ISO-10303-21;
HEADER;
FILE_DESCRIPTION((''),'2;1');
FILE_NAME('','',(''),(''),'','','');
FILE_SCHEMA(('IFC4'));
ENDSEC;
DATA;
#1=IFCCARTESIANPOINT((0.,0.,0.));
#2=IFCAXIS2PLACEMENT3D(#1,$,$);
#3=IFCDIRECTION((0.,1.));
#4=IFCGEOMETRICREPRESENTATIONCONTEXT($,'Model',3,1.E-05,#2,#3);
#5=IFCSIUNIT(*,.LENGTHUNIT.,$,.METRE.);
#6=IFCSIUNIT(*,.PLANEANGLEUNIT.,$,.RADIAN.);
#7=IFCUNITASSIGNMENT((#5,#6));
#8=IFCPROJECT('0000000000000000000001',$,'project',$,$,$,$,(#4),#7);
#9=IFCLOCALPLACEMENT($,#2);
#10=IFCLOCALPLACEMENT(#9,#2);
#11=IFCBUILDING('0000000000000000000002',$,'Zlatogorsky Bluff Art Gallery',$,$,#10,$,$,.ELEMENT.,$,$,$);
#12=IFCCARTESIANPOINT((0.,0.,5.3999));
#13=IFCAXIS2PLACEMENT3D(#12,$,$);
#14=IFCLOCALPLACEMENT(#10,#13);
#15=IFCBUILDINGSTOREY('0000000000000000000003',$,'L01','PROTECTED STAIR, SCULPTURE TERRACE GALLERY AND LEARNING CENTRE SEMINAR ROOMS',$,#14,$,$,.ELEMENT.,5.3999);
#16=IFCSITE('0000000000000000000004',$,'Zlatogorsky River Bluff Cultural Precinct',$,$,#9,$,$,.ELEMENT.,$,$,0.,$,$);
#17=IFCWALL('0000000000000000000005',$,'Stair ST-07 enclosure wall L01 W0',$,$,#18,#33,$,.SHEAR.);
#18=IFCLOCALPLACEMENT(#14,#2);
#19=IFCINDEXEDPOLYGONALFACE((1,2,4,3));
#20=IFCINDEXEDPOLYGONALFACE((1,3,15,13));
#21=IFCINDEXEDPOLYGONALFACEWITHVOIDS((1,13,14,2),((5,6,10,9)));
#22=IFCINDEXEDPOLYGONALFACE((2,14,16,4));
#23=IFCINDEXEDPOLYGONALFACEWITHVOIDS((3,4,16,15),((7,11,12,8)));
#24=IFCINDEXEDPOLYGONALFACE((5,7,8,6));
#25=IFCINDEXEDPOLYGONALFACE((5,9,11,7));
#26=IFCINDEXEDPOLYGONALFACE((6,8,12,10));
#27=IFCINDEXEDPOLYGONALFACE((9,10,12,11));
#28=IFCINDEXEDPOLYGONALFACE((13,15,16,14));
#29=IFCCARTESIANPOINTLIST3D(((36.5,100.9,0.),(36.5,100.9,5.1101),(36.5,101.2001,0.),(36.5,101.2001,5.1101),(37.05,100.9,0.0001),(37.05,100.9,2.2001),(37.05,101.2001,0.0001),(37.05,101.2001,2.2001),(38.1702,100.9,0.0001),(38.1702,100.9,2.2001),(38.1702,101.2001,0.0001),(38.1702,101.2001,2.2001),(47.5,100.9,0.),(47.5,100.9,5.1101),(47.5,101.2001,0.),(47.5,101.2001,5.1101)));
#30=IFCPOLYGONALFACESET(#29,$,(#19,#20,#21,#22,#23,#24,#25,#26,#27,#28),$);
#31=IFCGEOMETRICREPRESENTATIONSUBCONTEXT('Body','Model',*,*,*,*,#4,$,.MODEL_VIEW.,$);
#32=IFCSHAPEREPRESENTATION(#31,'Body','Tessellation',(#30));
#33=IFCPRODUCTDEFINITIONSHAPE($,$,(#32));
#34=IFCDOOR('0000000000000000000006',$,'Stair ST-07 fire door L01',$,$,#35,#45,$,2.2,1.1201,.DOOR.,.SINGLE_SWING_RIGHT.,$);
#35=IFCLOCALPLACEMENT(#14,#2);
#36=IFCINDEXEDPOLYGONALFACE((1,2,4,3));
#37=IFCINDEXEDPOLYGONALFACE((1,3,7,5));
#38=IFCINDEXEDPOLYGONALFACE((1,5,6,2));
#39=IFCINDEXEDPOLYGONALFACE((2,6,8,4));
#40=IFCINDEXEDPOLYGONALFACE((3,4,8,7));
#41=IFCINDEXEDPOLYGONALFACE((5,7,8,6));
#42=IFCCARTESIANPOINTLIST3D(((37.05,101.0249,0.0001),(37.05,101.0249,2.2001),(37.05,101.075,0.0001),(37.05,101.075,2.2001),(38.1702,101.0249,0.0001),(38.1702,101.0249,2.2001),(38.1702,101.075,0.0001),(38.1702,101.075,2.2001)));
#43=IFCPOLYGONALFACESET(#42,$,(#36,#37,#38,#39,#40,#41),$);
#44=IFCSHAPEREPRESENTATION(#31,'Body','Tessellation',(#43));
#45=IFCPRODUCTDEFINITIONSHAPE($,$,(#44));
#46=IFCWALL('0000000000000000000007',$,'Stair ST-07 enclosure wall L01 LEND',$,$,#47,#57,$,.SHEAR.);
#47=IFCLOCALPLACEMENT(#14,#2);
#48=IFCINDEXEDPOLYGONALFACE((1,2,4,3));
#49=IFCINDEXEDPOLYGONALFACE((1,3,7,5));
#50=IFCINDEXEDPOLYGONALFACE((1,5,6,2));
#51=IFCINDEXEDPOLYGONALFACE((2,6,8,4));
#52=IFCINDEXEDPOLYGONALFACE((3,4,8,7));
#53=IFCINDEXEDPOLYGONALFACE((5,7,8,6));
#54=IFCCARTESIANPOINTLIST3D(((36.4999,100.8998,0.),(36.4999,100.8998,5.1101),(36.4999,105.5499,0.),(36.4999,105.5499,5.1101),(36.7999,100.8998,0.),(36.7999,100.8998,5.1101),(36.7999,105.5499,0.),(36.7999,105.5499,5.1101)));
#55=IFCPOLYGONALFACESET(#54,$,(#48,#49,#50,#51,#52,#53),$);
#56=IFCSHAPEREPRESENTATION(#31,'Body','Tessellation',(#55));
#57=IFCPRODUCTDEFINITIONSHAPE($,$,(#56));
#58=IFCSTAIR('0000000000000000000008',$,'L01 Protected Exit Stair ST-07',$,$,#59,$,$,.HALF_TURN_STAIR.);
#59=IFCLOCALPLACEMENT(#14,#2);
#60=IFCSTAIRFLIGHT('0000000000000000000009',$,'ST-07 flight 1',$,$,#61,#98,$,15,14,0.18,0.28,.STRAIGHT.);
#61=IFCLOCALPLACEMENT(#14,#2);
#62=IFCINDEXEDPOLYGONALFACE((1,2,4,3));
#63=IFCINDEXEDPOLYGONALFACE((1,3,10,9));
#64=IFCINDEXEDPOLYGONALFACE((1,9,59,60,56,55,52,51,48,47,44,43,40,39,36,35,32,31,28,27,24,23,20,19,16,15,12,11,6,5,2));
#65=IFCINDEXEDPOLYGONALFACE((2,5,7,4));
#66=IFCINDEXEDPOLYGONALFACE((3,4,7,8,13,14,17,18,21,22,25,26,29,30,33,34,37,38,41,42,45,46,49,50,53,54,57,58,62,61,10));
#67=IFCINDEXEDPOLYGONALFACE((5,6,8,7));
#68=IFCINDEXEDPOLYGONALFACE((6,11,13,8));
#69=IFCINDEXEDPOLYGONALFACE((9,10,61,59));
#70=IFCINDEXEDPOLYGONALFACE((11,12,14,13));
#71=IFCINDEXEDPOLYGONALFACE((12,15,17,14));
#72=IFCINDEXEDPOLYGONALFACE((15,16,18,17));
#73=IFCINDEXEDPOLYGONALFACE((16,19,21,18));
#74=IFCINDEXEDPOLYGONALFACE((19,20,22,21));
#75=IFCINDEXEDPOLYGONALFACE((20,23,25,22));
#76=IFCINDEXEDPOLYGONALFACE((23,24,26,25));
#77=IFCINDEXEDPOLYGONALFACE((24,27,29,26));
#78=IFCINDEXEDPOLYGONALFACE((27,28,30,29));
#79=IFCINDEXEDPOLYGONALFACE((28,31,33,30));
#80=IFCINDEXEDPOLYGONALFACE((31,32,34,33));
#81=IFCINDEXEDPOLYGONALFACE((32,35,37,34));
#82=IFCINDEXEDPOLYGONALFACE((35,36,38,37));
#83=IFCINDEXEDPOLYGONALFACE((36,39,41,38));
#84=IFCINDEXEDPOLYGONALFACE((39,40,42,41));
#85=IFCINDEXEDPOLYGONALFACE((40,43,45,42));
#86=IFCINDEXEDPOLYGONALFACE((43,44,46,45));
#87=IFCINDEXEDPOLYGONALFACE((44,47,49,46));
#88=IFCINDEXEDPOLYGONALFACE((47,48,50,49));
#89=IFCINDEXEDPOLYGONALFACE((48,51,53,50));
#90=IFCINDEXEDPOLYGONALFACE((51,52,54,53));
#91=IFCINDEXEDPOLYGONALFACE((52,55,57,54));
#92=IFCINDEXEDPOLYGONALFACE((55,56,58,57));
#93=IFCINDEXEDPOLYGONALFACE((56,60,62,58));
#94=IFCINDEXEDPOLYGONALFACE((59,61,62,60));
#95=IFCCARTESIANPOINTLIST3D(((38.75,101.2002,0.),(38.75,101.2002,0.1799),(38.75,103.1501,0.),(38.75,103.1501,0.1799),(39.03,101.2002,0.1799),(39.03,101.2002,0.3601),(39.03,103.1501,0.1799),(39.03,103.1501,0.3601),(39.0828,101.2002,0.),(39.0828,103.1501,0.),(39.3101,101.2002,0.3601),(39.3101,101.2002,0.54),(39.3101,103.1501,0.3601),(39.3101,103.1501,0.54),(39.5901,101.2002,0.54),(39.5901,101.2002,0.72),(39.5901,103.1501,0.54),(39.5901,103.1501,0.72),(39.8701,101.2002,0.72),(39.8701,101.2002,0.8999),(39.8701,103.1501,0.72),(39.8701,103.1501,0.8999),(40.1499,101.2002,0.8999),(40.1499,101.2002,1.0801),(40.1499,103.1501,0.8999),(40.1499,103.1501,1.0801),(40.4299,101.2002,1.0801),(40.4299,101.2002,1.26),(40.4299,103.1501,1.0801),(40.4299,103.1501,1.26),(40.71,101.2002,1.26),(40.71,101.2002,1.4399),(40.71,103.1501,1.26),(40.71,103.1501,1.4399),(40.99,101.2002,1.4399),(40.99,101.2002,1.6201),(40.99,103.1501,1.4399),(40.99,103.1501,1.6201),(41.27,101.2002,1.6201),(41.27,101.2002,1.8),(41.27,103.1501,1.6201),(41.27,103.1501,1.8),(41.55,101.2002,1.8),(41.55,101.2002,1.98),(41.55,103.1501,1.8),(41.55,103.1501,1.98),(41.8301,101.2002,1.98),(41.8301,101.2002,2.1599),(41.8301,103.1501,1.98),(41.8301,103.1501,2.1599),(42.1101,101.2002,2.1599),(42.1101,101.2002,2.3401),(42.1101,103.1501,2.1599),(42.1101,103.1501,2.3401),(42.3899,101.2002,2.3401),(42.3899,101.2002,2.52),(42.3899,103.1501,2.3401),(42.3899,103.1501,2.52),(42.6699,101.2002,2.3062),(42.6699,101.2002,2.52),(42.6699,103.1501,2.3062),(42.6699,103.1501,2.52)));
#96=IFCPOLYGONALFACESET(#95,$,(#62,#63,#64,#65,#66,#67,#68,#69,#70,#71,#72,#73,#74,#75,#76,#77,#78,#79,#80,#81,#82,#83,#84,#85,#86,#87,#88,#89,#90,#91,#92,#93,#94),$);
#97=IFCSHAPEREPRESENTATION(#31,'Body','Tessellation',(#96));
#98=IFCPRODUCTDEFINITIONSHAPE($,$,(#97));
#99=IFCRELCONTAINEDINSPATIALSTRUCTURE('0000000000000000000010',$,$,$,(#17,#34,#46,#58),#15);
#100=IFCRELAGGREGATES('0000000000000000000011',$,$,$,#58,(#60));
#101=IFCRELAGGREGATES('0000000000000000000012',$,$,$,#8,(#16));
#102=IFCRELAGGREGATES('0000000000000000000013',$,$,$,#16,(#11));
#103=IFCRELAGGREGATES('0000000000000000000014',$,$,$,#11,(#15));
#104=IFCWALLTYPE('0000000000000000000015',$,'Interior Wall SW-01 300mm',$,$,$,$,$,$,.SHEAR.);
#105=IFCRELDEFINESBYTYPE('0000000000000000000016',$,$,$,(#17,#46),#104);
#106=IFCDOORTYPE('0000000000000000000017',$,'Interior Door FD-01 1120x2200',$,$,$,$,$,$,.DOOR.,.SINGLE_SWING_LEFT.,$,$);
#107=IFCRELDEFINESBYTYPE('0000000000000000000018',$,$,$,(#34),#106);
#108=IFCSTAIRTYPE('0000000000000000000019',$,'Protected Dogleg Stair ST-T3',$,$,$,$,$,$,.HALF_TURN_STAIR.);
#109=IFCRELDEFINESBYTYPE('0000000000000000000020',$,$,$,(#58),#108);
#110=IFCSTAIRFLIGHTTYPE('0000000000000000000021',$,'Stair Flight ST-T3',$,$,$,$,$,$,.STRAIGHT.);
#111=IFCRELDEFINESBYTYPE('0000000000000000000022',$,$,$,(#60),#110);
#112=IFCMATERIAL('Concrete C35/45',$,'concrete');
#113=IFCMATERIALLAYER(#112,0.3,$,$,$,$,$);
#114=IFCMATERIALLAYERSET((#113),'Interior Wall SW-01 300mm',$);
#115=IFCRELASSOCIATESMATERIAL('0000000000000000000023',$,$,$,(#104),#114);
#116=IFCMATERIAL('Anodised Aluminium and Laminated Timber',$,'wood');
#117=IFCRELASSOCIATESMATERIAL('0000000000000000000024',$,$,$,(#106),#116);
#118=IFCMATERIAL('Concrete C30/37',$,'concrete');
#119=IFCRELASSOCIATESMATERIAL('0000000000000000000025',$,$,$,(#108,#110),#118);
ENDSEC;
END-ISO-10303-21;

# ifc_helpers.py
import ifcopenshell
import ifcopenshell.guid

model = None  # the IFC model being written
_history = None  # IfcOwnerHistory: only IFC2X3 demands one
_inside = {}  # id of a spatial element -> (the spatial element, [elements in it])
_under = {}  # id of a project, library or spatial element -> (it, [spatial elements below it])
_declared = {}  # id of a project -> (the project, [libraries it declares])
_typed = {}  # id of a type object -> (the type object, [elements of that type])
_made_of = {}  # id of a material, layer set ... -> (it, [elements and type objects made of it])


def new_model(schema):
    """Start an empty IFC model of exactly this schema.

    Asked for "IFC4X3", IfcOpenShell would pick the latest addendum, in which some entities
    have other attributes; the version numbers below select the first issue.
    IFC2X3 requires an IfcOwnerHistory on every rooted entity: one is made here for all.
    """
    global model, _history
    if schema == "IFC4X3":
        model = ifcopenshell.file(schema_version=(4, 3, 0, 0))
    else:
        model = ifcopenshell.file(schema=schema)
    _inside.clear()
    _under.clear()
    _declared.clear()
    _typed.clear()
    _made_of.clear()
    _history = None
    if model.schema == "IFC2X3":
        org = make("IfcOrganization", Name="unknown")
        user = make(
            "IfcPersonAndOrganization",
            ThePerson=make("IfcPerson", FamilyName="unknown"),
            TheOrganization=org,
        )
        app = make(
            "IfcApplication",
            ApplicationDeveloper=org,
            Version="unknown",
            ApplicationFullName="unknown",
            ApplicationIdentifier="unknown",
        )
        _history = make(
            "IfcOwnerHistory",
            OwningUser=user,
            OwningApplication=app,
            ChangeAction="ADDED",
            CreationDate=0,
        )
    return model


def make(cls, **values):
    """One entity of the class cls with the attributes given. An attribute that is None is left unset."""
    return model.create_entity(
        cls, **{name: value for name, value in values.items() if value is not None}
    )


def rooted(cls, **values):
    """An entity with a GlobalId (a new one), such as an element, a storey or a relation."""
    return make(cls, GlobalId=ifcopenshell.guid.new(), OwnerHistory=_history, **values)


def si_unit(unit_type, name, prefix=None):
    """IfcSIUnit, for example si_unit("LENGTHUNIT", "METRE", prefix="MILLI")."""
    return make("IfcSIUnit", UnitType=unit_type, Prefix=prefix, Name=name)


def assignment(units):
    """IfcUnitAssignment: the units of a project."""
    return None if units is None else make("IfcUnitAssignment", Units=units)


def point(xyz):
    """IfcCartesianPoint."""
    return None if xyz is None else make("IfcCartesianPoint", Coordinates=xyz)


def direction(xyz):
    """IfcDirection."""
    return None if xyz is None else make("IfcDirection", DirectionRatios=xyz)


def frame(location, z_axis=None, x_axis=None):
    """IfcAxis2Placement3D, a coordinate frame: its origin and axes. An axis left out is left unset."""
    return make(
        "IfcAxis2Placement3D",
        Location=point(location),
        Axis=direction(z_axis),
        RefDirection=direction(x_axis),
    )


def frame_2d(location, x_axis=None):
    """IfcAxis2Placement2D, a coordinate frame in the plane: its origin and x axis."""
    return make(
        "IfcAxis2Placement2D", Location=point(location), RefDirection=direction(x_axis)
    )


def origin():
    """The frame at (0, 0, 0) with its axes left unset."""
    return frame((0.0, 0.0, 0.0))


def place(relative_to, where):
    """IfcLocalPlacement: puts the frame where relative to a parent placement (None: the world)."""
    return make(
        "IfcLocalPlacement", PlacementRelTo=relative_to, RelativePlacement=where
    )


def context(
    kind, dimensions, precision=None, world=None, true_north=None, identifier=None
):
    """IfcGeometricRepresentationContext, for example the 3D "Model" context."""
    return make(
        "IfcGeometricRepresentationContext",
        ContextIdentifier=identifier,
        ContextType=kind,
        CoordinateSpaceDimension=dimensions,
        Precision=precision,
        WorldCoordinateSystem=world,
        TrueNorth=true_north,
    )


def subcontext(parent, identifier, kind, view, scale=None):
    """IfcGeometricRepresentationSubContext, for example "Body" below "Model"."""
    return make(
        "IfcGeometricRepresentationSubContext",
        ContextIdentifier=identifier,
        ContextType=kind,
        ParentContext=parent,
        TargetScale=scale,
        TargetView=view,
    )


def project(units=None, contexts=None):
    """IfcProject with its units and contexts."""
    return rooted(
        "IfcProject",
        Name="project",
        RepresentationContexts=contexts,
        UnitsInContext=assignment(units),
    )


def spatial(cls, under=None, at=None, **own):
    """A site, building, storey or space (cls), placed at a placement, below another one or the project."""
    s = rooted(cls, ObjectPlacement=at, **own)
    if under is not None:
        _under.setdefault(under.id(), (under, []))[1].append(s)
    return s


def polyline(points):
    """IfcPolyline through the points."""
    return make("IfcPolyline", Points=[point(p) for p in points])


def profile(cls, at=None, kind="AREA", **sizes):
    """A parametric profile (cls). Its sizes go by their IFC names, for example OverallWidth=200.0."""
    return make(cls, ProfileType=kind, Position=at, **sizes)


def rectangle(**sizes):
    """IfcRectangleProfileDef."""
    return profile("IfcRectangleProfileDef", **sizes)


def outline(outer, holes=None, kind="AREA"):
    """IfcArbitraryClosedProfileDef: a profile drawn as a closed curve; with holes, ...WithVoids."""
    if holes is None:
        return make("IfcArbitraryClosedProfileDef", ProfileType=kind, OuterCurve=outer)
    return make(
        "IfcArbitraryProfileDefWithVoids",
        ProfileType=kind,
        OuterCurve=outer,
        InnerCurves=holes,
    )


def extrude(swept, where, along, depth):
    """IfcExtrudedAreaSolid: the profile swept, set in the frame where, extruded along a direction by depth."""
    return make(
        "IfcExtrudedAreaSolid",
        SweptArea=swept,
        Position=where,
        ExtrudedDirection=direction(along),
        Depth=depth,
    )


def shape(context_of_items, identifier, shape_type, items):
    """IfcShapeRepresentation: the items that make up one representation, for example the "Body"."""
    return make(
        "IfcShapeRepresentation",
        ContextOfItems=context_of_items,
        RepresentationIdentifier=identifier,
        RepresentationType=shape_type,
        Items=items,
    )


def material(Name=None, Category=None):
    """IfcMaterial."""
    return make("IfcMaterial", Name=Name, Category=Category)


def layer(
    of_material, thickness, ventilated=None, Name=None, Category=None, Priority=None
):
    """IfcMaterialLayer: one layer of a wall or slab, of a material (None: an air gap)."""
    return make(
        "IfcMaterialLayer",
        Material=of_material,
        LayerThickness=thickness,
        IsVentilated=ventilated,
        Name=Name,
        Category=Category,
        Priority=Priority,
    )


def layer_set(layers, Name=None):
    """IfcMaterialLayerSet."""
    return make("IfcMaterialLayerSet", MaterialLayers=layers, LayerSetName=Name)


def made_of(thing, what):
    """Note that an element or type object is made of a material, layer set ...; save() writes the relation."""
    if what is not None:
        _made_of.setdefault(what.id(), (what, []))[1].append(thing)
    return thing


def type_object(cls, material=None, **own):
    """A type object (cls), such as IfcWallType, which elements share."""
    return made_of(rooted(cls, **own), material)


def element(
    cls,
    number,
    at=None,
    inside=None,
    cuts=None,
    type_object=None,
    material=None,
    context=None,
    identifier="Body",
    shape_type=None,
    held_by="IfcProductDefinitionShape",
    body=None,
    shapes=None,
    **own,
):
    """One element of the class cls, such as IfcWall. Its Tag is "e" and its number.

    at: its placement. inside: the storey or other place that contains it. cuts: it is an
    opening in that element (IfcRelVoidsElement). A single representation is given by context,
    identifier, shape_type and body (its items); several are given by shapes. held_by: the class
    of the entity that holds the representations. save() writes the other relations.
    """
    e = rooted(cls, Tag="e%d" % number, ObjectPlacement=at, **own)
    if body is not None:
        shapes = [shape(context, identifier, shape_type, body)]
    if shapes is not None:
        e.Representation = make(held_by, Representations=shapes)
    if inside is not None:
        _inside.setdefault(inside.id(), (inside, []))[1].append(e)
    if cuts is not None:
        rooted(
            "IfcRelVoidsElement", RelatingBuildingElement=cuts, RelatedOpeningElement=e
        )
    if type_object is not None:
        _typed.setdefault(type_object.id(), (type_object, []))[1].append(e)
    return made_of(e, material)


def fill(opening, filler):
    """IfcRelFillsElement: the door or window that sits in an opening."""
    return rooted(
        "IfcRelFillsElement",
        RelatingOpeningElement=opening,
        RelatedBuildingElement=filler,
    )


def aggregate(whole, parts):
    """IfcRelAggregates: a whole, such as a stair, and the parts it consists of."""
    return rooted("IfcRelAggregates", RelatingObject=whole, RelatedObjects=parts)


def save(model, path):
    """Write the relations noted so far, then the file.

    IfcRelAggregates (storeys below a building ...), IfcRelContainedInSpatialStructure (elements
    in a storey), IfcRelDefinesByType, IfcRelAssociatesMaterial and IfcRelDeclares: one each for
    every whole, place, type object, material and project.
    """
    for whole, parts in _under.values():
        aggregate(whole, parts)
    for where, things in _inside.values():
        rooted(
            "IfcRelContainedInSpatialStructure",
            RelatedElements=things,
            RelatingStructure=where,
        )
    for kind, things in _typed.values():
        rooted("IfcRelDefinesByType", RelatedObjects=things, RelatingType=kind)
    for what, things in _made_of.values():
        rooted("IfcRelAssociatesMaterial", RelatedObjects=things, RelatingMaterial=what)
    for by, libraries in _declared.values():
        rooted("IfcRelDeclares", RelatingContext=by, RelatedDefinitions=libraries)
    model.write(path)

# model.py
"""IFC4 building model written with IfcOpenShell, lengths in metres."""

from ifc_helpers import new_model, si_unit, direction, frame, frame_2d, origin, place, context, subcontext, project, spatial, polyline, rectangle, outline, extrude, material, layer, layer_set, type_object, element, fill, aggregate, save


model = new_model("IFC4")

# Units and contexts
model_context = context("Model", 3, precision=1e-05, world=origin(), true_north=direction((0.0, 1.0)))
body_context = subcontext(model_context, "Body", "Model", "MODEL_VIEW")
ifc_project = project(units=[si_unit("LENGTHUNIT", "METRE"), si_unit("PLANEANGLEUNIT", "RADIAN")], contexts=[model_context])

# Site, building, storey
site_placement = place(None, origin())
site = spatial("IfcSite", under=ifc_project, at=site_placement, Name="Zlatogorsky River Bluff Cultural Precinct", CompositionType="ELEMENT", RefElevation=0.0)
building_placement = place(site_placement, origin())
building = spatial("IfcBuilding", under=site, at=building_placement, Name="Zlatogorsky Bluff Art Gallery", CompositionType="ELEMENT")
storey_placement = place(building_placement, frame((0.0, 0.0, 5.3999)))
storey = spatial("IfcBuildingStorey", under=building, at=storey_placement, Name="L01", Description="PROTECTED STAIR, SCULPTURE TERRACE GALLERY AND LEARNING CENTRE SEMINAR ROOMS", CompositionType="ELEMENT", Elevation=5.3999)

# Wall, opening, door
ifc_material_1 = material(Name="Concrete C35/45", Category="concrete")
ifc_layer_1 = layer(ifc_material_1, 0.3)
ifc_layer_set_1 = layer_set([ifc_layer_1], Name="Interior Wall SW-01 300mm")
wall_type = type_object("IfcWallType", Name="Interior Wall SW-01 300mm", PredefinedType="SHEAR", material=ifc_layer_set_1)
wall_1_placement = place(storey_placement, frame((36.5, 101.05, 0.0), z_axis=(0.0, 0.0, 1.0), x_axis=(1.0, 0.0, 0.0)))
wall_1 = element("IfcWall", 1, at=wall_1_placement, inside=storey, type_object=wall_type, Name="Stair ST-07 enclosure wall L01 W0", PredefinedType="SHEAR", context=body_context, shape_type="SweptSolid", body=[
    extrude(rectangle(XDim=11.0, YDim=0.3, at=frame_2d((5.5, 0.0))), origin(), (0.0, 0.0, 1.0), 5.1101),
])
opening_placement = place(wall_1_placement, frame((0.55, 0.0, 0.0)))
opening = element("IfcOpeningElement", 2, at=opening_placement, cuts=wall_1, PredefinedType="OPENING", context=body_context, shape_type="SweptSolid", body=[
    extrude(rectangle(XDim=1.1201, YDim=2.2, at=frame_2d((0.5601, 1.1001))), frame((0.0, 0.1599, 0.0), z_axis=(0.0, -1.0, 0.0), x_axis=(1.0, 0.0, 0.0)), (0.0, 0.0, 1.0), 0.3201),
])
ifc_material_2 = material(Name="Anodised Aluminium and Laminated Timber", Category="wood")
door_type = type_object("IfcDoorType", Name="Interior Door FD-01 1120x2200", OperationType="SINGLE_SWING_LEFT", PredefinedType="DOOR", material=ifc_material_2)
door_placement = place(opening_placement, origin())
door = element("IfcDoor", 3, at=door_placement, inside=storey, type_object=door_type, Name="Stair ST-07 fire door L01", OperationType="SINGLE_SWING_RIGHT", OverallHeight=2.2, OverallWidth=1.1201, PredefinedType="DOOR", context=body_context, shape_type="SweptSolid", body=[
    extrude(rectangle(XDim=1.1201, YDim=2.2, at=frame_2d((0.5601, 1.1001))), frame((0.0, 0.0249, 0.0), z_axis=(0.0, -1.0, 0.0), x_axis=(1.0, 0.0, 0.0)), (0.0, 0.0, 1.0), 0.05),
])
fill(opening, door)

# Wall
wall_2_placement = place(storey_placement, frame((36.6499, 105.55, 0.0), z_axis=(0.0, 0.0, 1.0), x_axis=(0.0, -1.0, 0.0)))
element("IfcWall", 4, at=wall_2_placement, inside=storey, type_object=wall_type, Name="Stair ST-07 enclosure wall L01 LEND", PredefinedType="SHEAR", context=body_context, shape_type="SweptSolid", body=[
    extrude(rectangle(XDim=4.6501, YDim=0.3, at=frame_2d((2.3252, 0.0))), origin(), (0.0, 0.0, 1.0), 5.1101),
])

# Stair, stair flight
ifc_material_3 = material(Name="Concrete C30/37", Category="concrete")
stair_type = type_object("IfcStairType", Name="Protected Dogleg Stair ST-T3", PredefinedType="HALF_TURN_STAIR", material=ifc_material_3)
stair_placement = place(storey_placement, origin())
stair = element("IfcStair", 5, at=stair_placement, inside=storey, type_object=stair_type, Name="L01 Protected Exit Stair ST-07", PredefinedType="HALF_TURN_STAIR")
stair_flight_type = type_object("IfcStairFlightType", Name="Stair Flight ST-T3", PredefinedType="STRAIGHT", material=ifc_material_3)
stair_flight_placement = place(storey_placement, frame((38.75, 102.175, 0.0), z_axis=(0.0, 0.0, 1.0), x_axis=(1.0, 0.0, 0.0)))
stair_flight = element("IfcStairFlight", 6, at=stair_flight_placement, type_object=stair_flight_type, Name="ST-07 flight 1", NumberOfRisers=15, NumberOfTreads=14, PredefinedType="STRAIGHT", RiserHeight=0.18, TreadLength=0.28, context=body_context, shape_type="SweptSolid", body=[
    extrude(outline(polyline([(0.0, 0.0), (0.0, 0.1799), (0.28, 0.1799), (0.28, 0.3601), (0.5601, 0.3601), (0.5601, 0.54), (0.8401, 0.54), (0.8401, 0.72), (1.1201, 0.72), (1.1201, 0.8999), (1.3999, 0.8999), (1.3999, 1.0801), (1.6799, 1.0801), (1.6799, 1.26), (1.96, 1.26), (1.96, 1.4399), (2.24, 1.4399), (2.24, 1.6201), (2.52, 1.6201), (2.52, 1.8), (2.8, 1.8), (2.8, 1.98), (3.0801, 1.98), (3.0801, 2.1599), (3.3601, 2.1599), (3.3601, 2.3401), (3.6399, 2.3401), (3.6399, 2.52), (3.9199, 2.52), (3.9199, 2.7), (3.9199, 2.3062), (0.3328, 0.0), (0.0, 0.0)])), frame((0.0, 0.9751, 0.0), z_axis=(0.0, -1.0, 0.0), x_axis=(1.0, 0.0, 0.0)), (0.0, 0.0, 1.0), 1.95),
])
aggregate(stair, [stair_flight])

save(model, "model.ifc")
